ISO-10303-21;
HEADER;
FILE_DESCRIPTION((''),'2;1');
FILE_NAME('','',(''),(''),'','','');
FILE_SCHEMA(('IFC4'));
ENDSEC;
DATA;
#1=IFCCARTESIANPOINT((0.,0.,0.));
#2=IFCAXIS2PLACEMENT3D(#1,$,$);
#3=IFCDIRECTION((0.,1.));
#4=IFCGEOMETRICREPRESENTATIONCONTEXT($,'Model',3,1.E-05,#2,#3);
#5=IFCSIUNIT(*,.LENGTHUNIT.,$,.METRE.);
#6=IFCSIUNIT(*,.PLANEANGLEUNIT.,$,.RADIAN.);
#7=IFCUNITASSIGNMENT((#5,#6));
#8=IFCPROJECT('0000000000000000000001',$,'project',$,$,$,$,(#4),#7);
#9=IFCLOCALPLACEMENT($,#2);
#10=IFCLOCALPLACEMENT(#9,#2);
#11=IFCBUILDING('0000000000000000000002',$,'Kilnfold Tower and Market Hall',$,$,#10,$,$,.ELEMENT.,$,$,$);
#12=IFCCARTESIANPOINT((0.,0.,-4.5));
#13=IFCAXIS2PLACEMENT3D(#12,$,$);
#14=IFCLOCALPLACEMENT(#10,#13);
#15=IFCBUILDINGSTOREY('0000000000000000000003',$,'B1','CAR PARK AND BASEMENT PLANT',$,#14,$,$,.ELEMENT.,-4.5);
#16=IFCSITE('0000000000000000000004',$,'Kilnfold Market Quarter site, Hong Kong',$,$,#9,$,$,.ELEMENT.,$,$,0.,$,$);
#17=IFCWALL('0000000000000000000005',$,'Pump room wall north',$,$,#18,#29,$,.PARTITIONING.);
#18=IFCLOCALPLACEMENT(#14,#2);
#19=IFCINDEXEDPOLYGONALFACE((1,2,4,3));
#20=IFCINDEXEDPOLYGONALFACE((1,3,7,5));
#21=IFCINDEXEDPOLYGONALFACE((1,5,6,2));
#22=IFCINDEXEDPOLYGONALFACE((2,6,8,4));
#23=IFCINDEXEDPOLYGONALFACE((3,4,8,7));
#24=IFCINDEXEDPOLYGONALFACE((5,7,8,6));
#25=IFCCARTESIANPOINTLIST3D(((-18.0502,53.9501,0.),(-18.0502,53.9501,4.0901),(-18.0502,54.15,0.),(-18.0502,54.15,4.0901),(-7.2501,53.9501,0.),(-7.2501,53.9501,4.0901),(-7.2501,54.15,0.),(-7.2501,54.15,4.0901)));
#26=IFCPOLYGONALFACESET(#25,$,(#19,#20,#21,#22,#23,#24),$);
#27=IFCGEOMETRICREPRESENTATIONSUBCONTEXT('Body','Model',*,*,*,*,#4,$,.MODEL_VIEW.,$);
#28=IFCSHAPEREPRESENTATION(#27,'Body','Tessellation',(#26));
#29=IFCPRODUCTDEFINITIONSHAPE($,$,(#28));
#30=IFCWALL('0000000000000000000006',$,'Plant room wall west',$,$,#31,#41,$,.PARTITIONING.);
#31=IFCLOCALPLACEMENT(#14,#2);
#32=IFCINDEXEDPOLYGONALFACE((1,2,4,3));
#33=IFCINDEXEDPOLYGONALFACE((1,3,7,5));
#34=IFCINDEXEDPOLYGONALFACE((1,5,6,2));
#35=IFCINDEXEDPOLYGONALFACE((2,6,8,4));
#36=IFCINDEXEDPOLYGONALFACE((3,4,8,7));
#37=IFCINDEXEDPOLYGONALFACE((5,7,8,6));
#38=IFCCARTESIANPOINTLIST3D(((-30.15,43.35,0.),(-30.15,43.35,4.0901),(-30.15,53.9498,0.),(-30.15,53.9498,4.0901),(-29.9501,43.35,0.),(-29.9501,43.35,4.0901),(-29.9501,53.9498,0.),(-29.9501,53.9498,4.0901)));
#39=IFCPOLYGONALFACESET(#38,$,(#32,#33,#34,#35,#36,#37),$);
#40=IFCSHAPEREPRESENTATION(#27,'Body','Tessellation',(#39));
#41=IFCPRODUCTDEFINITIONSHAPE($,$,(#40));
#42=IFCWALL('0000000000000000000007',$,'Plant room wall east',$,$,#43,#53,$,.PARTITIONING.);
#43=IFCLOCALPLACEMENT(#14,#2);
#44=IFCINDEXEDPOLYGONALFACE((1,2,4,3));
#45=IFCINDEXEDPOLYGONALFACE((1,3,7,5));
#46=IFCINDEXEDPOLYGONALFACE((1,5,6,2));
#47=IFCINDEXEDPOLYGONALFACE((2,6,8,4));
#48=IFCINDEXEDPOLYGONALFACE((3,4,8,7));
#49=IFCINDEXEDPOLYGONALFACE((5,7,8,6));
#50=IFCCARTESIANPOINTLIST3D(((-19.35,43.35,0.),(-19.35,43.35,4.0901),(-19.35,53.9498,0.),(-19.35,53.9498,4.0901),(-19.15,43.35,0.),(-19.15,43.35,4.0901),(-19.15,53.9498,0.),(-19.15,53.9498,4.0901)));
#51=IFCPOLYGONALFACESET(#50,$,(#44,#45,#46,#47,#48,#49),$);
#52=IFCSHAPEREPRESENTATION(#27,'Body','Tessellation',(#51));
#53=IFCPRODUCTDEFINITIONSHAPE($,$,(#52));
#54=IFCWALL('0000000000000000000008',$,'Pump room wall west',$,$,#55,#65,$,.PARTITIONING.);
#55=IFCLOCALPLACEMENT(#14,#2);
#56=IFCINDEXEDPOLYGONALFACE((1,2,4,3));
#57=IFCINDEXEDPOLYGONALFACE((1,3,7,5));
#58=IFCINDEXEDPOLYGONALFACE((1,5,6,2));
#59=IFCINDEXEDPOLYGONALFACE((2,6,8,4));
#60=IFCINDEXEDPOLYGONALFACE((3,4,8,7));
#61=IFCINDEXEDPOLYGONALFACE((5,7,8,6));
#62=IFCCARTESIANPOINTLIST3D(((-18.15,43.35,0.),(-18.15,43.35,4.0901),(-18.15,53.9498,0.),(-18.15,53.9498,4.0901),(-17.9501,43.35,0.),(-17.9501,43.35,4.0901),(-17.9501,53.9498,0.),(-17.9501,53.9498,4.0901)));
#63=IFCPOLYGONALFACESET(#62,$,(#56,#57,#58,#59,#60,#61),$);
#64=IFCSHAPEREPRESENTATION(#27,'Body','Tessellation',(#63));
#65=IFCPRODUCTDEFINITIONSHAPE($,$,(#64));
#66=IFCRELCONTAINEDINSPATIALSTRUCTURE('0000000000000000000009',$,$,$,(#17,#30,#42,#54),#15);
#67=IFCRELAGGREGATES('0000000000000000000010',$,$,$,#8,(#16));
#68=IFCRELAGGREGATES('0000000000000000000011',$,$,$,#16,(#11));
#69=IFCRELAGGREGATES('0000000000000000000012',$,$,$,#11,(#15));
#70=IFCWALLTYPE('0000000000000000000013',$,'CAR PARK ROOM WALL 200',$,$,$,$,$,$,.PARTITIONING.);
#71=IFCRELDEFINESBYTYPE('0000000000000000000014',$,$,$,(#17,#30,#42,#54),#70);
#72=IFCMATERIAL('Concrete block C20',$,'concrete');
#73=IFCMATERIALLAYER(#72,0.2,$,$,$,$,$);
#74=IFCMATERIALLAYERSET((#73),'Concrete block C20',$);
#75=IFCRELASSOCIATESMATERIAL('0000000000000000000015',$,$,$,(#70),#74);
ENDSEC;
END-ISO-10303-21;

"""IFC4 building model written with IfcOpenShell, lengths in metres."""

from ifc_helpers import new_model, si_unit, direction, frame, frame_2d, origin, place, context, subcontext, project, spatial, rectangle, extrude, source, transform, mapped, material, layer, layer_set, type_object, element, save


model = new_model("IFC4")

# Units and contexts
model_context = context("Model", 3, precision=1e-05, world=origin(), true_north=direction((0.0, 1.0)))
body_context = subcontext(model_context, "Body", "Model", "MODEL_VIEW")
ifc_project = project(units=[si_unit("LENGTHUNIT", "METRE"), si_unit("PLANEANGLEUNIT", "RADIAN")], contexts=[model_context])

# Site, building, storey
site_placement = place(None, origin())
site = spatial("IfcSite", under=ifc_project, at=site_placement, Name="Kilnfold Market Quarter site, Hong Kong", CompositionType="ELEMENT", RefElevation=0.0)
building_placement = place(site_placement, origin())
building = spatial("IfcBuilding", under=site, at=building_placement, Name="Kilnfold Tower and Market Hall", CompositionType="ELEMENT")
storey_placement = place(building_placement, frame((0.0, 0.0, -4.5)))
storey = spatial("IfcBuildingStorey", under=building, at=storey_placement, Name="B1", Description="CAR PARK AND BASEMENT PLANT", CompositionType="ELEMENT", Elevation=-4.5)

# Shared definitions
ifc_material_1 = material(Name="Concrete block C20", Category="concrete")
ifc_layer_1 = layer(ifc_material_1, 0.2)
ifc_layer_set_1 = layer_set([ifc_layer_1], Name="Concrete block C20")
wall_type_1 = type_object("IfcWallType", Name="CAR PARK ROOM WALL 200", PredefinedType="PARTITIONING", material=ifc_layer_set_1)
shared_shape_1 = source(origin(), body_context, "Body", "SweptSolid", [
    extrude(rectangle(XDim=10.8, YDim=0.2, at=frame_2d((5.3999, 0.0))), origin(), (0.0, 0.0, 1.0), 4.0901),
])

# Walls
wall_1_placement = place(storey_placement, frame((-18.05, 54.05, 0.0), z_axis=(0.0, 0.0, 1.0), x_axis=(1.0, 0.0, 0.0)))
element("IfcWall", 1, at=wall_1_placement, inside=storey, type_object=wall_type_1, Name="Pump room wall north", PredefinedType="PARTITIONING", context=body_context, shape_type="MappedRepresentation", body=[
    mapped(shared_shape_1, transform((0.0, 0.0, 0.0))),
])
shared_shape_2 = source(origin(), body_context, "Body", "SweptSolid", [
    extrude(rectangle(XDim=10.5999, YDim=0.2, at=frame_2d((5.2998, 0.0))), origin(), (0.0, 0.0, 1.0), 4.0901),
])
for number, where, z_axis, x_axis, name in (
    (2, (-30.05, 43.3501, 0.0), (0.0, 0.0, 1.0), (0.0, 1.0, 0.0), "Plant room wall west"),
    (3, (-19.25, 43.3501, 0.0), (0.0, 0.0, 1.0), (0.0, 1.0, 0.0), "Plant room wall east"),
    (4, (-18.05, 43.3501, 0.0), (0.0, 0.0, 1.0), (0.0, 1.0, 0.0), "Pump room wall west"),
):
    element("IfcWall", number, at=place(storey_placement, frame(where, z_axis=z_axis, x_axis=x_axis)), inside=storey, type_object=wall_type_1, Name=name, PredefinedType="PARTITIONING", context=body_context, shape_type="MappedRepresentation", body=[
        mapped(shared_shape_2, transform((0.0, 0.0, 0.0))),
    ])

save(model, "model.ifc")
